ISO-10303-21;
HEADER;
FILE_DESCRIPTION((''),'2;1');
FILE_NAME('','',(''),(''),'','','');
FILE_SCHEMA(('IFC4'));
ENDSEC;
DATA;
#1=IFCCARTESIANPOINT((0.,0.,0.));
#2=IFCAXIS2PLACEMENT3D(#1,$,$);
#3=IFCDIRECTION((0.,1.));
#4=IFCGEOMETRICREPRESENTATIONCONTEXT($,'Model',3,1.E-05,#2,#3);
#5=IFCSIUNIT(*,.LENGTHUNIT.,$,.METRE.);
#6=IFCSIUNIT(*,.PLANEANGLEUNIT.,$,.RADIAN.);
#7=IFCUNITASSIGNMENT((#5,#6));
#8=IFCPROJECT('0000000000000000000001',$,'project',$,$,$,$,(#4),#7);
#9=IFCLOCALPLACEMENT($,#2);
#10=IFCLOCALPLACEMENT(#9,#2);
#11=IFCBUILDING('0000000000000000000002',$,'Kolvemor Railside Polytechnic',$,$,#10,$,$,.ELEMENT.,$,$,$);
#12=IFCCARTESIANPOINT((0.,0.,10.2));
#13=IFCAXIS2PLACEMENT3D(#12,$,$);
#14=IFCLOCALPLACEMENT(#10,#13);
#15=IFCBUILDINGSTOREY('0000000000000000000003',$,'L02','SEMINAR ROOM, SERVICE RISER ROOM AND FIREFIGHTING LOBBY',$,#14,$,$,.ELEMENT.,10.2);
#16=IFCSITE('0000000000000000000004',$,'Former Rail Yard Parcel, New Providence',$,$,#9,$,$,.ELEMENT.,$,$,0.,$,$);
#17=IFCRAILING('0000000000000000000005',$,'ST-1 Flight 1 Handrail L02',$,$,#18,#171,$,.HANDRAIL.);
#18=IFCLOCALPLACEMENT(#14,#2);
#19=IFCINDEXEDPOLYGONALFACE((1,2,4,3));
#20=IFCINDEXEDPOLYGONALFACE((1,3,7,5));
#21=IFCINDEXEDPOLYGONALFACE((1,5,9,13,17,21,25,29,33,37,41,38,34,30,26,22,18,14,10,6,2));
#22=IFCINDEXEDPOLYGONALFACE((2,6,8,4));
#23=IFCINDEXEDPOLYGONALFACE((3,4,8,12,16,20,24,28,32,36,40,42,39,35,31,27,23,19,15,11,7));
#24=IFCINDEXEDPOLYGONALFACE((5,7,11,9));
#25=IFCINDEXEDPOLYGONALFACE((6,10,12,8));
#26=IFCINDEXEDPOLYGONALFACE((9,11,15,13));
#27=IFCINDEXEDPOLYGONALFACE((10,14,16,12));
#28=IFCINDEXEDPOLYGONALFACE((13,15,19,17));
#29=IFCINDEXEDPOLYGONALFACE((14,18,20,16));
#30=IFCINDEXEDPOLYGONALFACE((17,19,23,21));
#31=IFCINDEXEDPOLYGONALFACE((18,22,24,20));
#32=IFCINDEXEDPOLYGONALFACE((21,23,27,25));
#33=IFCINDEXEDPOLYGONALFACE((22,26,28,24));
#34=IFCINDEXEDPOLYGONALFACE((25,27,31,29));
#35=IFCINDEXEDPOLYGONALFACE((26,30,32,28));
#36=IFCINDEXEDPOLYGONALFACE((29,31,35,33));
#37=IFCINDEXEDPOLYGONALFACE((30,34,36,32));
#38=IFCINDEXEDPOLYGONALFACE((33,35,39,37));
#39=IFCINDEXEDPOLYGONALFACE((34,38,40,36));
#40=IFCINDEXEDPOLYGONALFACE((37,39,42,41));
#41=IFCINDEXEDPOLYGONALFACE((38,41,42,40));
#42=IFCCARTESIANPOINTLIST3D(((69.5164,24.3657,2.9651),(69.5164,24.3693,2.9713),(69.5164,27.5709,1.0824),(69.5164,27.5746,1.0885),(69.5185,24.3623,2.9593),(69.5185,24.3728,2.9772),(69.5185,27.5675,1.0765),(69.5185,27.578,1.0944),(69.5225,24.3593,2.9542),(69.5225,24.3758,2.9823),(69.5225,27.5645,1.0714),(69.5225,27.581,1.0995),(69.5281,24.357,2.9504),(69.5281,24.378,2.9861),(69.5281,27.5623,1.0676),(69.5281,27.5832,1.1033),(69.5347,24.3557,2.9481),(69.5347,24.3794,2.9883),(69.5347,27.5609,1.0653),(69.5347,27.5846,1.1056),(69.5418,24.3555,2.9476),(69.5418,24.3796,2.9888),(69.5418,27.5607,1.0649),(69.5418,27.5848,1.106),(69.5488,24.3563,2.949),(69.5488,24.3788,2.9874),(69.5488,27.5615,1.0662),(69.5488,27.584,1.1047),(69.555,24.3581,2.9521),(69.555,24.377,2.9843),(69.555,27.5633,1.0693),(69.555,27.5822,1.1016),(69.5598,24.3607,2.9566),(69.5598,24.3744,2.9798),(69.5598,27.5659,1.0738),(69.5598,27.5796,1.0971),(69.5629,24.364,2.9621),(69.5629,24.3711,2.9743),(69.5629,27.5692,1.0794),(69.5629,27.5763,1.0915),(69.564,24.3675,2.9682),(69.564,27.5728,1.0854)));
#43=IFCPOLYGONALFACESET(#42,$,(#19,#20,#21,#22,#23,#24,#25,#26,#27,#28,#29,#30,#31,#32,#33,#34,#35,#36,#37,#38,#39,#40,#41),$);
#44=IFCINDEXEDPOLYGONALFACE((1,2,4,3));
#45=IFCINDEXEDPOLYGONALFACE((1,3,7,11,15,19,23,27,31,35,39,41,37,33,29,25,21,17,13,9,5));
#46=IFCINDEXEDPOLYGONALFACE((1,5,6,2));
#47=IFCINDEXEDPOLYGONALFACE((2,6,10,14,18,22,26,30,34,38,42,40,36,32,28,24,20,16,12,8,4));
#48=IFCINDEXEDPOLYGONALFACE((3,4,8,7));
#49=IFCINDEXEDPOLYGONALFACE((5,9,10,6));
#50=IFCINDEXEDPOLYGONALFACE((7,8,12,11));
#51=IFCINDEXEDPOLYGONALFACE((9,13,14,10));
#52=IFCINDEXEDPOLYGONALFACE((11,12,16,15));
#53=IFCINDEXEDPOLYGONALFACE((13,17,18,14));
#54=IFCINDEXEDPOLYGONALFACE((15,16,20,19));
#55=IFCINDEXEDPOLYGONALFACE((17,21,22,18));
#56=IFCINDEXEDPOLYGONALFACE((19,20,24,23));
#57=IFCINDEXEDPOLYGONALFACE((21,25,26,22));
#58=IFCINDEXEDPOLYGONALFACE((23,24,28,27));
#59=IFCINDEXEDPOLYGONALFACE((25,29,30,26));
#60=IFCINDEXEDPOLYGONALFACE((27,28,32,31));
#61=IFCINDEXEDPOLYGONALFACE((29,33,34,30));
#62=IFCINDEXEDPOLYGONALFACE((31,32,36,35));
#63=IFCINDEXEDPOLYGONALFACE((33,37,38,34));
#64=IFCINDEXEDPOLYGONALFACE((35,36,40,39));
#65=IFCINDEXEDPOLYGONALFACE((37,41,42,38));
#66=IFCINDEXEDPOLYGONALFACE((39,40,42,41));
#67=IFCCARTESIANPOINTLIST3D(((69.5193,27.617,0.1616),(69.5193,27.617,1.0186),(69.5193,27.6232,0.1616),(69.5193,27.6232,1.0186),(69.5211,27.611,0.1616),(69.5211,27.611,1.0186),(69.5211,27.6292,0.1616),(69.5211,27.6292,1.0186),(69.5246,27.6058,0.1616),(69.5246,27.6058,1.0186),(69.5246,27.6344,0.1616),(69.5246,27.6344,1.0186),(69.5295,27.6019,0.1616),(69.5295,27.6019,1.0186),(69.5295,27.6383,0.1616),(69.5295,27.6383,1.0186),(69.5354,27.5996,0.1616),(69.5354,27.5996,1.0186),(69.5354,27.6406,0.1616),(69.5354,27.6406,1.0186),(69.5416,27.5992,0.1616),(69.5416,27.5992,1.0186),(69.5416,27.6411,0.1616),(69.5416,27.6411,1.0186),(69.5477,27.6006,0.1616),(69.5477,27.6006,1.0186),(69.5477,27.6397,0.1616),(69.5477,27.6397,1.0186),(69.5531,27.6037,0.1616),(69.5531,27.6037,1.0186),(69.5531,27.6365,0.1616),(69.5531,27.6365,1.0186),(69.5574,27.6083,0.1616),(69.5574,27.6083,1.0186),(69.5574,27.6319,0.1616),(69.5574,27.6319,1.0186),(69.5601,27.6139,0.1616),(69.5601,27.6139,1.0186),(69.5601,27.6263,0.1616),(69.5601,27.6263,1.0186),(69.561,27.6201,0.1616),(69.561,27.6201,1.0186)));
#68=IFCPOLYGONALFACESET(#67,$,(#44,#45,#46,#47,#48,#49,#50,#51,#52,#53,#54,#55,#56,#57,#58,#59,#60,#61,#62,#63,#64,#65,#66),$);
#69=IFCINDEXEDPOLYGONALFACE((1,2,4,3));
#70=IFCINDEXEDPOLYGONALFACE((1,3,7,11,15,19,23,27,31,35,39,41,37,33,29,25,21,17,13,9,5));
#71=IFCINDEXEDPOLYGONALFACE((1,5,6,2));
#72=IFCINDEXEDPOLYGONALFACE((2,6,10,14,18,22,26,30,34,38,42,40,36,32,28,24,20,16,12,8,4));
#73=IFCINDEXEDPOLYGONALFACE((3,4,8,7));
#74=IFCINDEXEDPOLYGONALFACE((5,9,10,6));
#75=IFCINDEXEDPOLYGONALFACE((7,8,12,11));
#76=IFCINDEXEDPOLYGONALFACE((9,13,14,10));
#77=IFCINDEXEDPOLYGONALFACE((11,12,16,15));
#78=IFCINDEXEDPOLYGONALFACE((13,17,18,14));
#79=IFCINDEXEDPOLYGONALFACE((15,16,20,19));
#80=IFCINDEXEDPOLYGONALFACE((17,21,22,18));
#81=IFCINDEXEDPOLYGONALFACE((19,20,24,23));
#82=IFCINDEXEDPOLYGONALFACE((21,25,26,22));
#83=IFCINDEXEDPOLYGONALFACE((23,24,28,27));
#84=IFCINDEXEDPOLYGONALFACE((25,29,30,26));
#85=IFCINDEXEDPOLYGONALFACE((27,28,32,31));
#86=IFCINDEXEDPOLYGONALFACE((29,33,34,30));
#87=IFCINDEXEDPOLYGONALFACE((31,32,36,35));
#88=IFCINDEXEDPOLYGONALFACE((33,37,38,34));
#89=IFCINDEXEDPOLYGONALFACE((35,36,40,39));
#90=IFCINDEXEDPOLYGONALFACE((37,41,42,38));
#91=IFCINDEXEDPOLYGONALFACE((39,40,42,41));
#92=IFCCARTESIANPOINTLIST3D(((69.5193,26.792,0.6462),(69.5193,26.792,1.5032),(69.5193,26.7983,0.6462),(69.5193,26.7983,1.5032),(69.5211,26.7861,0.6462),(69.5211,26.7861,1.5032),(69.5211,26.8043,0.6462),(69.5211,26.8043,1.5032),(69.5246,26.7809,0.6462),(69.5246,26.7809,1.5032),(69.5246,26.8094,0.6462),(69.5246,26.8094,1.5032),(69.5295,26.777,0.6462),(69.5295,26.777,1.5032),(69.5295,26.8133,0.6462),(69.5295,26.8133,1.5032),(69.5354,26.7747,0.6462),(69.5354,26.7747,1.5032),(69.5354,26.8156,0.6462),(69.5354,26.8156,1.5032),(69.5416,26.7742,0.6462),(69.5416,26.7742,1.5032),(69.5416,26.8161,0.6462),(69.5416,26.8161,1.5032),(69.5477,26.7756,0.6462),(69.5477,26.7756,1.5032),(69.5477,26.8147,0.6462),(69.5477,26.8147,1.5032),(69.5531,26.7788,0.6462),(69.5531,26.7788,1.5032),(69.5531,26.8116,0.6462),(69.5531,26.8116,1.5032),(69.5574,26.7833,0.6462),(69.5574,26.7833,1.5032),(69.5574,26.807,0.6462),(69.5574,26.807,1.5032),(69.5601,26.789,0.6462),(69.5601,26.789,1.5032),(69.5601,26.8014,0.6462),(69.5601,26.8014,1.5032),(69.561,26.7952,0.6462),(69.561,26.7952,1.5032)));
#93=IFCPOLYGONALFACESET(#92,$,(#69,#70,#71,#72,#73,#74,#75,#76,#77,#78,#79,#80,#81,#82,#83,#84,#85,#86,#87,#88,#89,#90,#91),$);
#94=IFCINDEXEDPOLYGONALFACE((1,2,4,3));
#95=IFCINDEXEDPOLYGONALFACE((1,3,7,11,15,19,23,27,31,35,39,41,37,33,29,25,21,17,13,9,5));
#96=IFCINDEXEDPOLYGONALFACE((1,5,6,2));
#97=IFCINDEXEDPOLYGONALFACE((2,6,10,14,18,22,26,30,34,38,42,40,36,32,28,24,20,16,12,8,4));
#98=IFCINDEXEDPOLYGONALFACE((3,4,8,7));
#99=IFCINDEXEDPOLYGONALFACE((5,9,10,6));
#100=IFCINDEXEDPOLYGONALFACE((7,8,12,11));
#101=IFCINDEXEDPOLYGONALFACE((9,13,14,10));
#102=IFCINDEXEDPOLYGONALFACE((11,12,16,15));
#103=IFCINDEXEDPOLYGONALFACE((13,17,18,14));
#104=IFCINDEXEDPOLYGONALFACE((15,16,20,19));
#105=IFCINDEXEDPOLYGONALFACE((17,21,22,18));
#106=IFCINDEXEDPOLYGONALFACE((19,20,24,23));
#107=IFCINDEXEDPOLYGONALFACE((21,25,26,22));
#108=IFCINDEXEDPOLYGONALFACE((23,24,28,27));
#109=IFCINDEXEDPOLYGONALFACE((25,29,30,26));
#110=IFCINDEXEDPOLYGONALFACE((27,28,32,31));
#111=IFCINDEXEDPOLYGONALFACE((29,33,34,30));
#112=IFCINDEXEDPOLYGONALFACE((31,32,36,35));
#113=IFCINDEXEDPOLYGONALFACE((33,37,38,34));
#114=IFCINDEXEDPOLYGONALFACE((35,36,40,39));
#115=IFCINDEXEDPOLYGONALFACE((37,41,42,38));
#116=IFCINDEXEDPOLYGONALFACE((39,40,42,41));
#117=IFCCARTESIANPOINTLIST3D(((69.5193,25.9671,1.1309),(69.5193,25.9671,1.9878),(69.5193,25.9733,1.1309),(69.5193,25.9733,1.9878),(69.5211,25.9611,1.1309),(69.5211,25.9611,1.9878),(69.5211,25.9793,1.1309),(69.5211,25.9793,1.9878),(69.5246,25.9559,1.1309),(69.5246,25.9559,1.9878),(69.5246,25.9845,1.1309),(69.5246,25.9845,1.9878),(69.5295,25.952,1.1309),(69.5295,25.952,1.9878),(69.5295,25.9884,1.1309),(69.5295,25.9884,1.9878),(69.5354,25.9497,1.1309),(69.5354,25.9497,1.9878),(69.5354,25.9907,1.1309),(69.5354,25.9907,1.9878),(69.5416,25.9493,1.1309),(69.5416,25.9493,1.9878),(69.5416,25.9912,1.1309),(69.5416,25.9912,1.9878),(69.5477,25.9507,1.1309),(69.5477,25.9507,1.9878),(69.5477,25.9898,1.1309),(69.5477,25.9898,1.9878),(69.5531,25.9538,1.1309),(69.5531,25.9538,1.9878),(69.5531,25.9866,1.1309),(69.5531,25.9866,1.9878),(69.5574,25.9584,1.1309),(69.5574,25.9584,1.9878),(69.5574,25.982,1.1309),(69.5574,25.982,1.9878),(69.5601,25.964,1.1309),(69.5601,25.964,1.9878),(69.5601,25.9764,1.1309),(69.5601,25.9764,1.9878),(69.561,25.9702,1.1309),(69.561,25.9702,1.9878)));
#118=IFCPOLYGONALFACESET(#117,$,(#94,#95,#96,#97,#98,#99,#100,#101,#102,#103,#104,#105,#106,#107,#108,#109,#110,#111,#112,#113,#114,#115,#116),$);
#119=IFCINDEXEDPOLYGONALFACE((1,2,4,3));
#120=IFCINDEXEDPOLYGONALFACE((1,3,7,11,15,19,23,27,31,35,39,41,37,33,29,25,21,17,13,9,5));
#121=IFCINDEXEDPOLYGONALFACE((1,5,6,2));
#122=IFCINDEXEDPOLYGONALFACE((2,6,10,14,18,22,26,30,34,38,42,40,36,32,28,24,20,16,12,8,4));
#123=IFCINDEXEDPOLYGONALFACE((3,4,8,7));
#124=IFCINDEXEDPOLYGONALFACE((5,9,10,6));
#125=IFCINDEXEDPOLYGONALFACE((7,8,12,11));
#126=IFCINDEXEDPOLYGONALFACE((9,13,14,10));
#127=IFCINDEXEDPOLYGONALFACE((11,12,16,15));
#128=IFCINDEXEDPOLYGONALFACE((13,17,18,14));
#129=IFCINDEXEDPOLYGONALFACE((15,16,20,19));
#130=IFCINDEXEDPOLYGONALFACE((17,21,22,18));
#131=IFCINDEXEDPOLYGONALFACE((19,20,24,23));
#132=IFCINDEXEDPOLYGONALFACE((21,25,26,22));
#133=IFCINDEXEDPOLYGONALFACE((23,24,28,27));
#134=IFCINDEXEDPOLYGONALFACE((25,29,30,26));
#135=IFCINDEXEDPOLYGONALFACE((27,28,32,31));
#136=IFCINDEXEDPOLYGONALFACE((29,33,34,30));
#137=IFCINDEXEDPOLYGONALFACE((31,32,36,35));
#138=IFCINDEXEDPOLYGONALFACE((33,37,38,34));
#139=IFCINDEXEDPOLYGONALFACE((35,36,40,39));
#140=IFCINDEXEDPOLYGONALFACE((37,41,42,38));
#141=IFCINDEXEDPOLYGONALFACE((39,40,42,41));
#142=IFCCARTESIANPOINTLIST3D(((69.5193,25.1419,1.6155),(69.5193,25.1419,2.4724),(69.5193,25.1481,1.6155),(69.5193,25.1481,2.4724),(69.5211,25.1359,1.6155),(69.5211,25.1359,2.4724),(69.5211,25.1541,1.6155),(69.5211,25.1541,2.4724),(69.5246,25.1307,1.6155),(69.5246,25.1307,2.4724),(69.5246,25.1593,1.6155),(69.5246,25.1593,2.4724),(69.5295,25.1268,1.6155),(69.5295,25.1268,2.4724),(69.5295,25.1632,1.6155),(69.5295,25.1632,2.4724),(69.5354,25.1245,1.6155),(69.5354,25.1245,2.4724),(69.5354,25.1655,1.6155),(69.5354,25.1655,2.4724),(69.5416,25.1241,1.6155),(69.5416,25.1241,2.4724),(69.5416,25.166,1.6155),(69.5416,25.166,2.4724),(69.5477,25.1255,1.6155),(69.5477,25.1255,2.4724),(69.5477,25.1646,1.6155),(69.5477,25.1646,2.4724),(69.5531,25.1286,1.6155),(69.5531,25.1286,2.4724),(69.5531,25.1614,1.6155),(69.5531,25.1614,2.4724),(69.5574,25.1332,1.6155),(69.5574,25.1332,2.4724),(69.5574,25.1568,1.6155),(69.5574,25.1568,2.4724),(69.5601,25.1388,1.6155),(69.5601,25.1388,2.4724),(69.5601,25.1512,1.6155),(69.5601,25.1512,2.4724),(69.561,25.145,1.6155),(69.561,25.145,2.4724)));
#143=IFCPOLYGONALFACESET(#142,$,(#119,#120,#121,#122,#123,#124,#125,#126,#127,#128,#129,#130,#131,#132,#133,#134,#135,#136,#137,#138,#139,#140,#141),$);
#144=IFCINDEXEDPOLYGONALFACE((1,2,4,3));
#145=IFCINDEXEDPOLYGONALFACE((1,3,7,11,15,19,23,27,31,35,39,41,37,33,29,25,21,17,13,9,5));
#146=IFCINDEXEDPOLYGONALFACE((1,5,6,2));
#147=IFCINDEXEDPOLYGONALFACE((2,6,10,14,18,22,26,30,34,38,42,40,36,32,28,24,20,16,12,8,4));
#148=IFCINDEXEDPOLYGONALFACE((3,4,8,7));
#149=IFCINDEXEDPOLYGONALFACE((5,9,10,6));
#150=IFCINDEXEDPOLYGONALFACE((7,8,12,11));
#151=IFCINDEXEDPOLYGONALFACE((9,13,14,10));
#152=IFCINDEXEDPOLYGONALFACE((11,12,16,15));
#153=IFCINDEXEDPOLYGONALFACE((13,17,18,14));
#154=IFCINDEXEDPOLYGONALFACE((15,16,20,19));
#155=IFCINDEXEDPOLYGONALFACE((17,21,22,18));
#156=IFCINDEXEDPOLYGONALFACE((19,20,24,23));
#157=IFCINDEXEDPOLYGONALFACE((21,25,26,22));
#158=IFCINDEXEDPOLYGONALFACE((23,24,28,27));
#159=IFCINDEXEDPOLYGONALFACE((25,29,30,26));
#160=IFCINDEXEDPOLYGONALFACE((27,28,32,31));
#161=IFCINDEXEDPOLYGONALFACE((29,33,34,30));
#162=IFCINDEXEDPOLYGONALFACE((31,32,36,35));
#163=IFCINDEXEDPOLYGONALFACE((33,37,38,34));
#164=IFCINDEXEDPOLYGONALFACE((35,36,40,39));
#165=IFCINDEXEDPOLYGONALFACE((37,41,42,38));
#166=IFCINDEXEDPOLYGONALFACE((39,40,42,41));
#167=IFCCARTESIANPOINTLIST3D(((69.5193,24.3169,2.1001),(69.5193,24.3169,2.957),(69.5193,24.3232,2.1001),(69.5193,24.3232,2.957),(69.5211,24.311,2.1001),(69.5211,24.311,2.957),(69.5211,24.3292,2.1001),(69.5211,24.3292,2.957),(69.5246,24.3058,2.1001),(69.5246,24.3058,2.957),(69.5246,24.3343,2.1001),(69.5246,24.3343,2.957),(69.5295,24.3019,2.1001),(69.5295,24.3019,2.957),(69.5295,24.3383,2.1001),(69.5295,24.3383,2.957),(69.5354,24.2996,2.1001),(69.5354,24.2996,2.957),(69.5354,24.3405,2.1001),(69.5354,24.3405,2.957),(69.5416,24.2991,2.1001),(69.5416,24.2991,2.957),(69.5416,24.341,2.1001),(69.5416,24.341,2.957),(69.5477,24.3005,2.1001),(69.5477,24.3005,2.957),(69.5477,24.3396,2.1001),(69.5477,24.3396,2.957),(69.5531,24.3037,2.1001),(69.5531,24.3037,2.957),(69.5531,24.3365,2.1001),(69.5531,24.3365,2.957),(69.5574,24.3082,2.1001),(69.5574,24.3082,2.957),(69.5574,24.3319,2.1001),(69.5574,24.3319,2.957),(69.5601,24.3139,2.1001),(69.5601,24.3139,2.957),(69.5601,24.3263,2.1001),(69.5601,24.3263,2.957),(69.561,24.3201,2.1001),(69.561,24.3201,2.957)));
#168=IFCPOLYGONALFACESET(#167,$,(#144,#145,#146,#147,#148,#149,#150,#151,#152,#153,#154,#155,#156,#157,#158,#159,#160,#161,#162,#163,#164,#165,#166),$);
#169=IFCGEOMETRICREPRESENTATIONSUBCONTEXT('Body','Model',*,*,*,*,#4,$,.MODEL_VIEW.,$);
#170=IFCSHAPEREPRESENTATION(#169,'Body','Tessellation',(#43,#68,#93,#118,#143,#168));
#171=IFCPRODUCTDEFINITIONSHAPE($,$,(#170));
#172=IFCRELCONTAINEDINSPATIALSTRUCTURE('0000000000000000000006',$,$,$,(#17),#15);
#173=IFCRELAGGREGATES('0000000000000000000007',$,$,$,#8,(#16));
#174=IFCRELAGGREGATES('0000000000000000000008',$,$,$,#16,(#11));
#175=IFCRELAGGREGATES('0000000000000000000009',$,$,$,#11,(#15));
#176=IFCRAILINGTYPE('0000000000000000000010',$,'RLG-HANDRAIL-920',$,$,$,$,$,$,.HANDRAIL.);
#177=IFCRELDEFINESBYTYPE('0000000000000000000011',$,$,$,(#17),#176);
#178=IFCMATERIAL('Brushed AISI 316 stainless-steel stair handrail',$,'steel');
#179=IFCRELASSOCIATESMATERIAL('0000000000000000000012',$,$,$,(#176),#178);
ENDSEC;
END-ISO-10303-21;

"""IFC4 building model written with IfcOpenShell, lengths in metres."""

from ifc_helpers import new_model, si_unit, direction, frame, origin, origin_2d, place, context, subcontext, project, spatial, circle, extrude, material, type_object, element, save


model = new_model("IFC4")

# Units and contexts
model_context = context("Model", 3, precision=1e-05, world=origin(), true_north=direction((0.0, 1.0)))
body_context = subcontext(model_context, "Body", "Model", "MODEL_VIEW")
ifc_project = project(units=[si_unit("LENGTHUNIT", "METRE"), si_unit("PLANEANGLEUNIT", "RADIAN")], contexts=[model_context])

# Site, building, storey
site_placement = place(None, origin())
site = spatial("IfcSite", under=ifc_project, at=site_placement, Name="Former Rail Yard Parcel, New Providence", CompositionType="ELEMENT", RefElevation=0.0)
building_placement = place(site_placement, origin())
building = spatial("IfcBuilding", under=site, at=building_placement, Name="Kolvemor Railside Polytechnic", CompositionType="ELEMENT")
storey_placement = place(building_placement, frame((0.0, 0.0, 10.2)))
storey = spatial("IfcBuildingStorey", under=building, at=storey_placement, Name="L02", Description="SEMINAR ROOM, SERVICE RISER ROOM AND FIREFIGHTING LOBBY", CompositionType="ELEMENT", Elevation=10.2)

# Railing
ifc_material_1 = material(Name="Brushed AISI 316 stainless-steel stair handrail", Category="steel")
railing_type_1 = type_object("IfcRailingType", Name="RLG-HANDRAIL-920", PredefinedType="HANDRAIL", material=ifc_material_1)
railing_1_placement = place(storey_placement, frame((69.54, 27.6201, 0.1616)))
element("IfcRailing", 1, at=railing_1_placement, inside=storey, type_object=railing_type_1, Name="ST-1 Flight 1 Handrail L02", PredefinedType="HANDRAIL", context=body_context, shape_type="SweptSolid", body=[
    extrude(circle(Radius=0.0239, at=origin_2d()), frame((0.0, -0.0474, 0.9238), z_axis=(0.0, -0.862246, 0.50649), x_axis=(1.0, 0.0, 0.0)), (0.0, 0.0, 1.0), 3.7173),
    extrude(circle(Radius=0.021, at=origin_2d()), origin(), (0.0, 0.0, 1.0), 0.8569),
    extrude(circle(Radius=0.021, at=origin_2d()), frame((0.0, -0.825, 0.4846)), (0.0, 0.0, 1.0), 0.8569),
    extrude(circle(Radius=0.021, at=origin_2d()), frame((0.0, -1.6499, 0.9692)), (0.0, 0.0, 1.0), 0.8569),
    extrude(circle(Radius=0.021, at=origin_2d()), frame((0.0, -2.4751, 1.4539)), (0.0, 0.0, 1.0), 0.8569),
    extrude(circle(Radius=0.021, at=origin_2d()), frame((0.0, -3.3, 1.9385)), (0.0, 0.0, 1.0), 0.8569),
])

save(model, "model.ifc")
